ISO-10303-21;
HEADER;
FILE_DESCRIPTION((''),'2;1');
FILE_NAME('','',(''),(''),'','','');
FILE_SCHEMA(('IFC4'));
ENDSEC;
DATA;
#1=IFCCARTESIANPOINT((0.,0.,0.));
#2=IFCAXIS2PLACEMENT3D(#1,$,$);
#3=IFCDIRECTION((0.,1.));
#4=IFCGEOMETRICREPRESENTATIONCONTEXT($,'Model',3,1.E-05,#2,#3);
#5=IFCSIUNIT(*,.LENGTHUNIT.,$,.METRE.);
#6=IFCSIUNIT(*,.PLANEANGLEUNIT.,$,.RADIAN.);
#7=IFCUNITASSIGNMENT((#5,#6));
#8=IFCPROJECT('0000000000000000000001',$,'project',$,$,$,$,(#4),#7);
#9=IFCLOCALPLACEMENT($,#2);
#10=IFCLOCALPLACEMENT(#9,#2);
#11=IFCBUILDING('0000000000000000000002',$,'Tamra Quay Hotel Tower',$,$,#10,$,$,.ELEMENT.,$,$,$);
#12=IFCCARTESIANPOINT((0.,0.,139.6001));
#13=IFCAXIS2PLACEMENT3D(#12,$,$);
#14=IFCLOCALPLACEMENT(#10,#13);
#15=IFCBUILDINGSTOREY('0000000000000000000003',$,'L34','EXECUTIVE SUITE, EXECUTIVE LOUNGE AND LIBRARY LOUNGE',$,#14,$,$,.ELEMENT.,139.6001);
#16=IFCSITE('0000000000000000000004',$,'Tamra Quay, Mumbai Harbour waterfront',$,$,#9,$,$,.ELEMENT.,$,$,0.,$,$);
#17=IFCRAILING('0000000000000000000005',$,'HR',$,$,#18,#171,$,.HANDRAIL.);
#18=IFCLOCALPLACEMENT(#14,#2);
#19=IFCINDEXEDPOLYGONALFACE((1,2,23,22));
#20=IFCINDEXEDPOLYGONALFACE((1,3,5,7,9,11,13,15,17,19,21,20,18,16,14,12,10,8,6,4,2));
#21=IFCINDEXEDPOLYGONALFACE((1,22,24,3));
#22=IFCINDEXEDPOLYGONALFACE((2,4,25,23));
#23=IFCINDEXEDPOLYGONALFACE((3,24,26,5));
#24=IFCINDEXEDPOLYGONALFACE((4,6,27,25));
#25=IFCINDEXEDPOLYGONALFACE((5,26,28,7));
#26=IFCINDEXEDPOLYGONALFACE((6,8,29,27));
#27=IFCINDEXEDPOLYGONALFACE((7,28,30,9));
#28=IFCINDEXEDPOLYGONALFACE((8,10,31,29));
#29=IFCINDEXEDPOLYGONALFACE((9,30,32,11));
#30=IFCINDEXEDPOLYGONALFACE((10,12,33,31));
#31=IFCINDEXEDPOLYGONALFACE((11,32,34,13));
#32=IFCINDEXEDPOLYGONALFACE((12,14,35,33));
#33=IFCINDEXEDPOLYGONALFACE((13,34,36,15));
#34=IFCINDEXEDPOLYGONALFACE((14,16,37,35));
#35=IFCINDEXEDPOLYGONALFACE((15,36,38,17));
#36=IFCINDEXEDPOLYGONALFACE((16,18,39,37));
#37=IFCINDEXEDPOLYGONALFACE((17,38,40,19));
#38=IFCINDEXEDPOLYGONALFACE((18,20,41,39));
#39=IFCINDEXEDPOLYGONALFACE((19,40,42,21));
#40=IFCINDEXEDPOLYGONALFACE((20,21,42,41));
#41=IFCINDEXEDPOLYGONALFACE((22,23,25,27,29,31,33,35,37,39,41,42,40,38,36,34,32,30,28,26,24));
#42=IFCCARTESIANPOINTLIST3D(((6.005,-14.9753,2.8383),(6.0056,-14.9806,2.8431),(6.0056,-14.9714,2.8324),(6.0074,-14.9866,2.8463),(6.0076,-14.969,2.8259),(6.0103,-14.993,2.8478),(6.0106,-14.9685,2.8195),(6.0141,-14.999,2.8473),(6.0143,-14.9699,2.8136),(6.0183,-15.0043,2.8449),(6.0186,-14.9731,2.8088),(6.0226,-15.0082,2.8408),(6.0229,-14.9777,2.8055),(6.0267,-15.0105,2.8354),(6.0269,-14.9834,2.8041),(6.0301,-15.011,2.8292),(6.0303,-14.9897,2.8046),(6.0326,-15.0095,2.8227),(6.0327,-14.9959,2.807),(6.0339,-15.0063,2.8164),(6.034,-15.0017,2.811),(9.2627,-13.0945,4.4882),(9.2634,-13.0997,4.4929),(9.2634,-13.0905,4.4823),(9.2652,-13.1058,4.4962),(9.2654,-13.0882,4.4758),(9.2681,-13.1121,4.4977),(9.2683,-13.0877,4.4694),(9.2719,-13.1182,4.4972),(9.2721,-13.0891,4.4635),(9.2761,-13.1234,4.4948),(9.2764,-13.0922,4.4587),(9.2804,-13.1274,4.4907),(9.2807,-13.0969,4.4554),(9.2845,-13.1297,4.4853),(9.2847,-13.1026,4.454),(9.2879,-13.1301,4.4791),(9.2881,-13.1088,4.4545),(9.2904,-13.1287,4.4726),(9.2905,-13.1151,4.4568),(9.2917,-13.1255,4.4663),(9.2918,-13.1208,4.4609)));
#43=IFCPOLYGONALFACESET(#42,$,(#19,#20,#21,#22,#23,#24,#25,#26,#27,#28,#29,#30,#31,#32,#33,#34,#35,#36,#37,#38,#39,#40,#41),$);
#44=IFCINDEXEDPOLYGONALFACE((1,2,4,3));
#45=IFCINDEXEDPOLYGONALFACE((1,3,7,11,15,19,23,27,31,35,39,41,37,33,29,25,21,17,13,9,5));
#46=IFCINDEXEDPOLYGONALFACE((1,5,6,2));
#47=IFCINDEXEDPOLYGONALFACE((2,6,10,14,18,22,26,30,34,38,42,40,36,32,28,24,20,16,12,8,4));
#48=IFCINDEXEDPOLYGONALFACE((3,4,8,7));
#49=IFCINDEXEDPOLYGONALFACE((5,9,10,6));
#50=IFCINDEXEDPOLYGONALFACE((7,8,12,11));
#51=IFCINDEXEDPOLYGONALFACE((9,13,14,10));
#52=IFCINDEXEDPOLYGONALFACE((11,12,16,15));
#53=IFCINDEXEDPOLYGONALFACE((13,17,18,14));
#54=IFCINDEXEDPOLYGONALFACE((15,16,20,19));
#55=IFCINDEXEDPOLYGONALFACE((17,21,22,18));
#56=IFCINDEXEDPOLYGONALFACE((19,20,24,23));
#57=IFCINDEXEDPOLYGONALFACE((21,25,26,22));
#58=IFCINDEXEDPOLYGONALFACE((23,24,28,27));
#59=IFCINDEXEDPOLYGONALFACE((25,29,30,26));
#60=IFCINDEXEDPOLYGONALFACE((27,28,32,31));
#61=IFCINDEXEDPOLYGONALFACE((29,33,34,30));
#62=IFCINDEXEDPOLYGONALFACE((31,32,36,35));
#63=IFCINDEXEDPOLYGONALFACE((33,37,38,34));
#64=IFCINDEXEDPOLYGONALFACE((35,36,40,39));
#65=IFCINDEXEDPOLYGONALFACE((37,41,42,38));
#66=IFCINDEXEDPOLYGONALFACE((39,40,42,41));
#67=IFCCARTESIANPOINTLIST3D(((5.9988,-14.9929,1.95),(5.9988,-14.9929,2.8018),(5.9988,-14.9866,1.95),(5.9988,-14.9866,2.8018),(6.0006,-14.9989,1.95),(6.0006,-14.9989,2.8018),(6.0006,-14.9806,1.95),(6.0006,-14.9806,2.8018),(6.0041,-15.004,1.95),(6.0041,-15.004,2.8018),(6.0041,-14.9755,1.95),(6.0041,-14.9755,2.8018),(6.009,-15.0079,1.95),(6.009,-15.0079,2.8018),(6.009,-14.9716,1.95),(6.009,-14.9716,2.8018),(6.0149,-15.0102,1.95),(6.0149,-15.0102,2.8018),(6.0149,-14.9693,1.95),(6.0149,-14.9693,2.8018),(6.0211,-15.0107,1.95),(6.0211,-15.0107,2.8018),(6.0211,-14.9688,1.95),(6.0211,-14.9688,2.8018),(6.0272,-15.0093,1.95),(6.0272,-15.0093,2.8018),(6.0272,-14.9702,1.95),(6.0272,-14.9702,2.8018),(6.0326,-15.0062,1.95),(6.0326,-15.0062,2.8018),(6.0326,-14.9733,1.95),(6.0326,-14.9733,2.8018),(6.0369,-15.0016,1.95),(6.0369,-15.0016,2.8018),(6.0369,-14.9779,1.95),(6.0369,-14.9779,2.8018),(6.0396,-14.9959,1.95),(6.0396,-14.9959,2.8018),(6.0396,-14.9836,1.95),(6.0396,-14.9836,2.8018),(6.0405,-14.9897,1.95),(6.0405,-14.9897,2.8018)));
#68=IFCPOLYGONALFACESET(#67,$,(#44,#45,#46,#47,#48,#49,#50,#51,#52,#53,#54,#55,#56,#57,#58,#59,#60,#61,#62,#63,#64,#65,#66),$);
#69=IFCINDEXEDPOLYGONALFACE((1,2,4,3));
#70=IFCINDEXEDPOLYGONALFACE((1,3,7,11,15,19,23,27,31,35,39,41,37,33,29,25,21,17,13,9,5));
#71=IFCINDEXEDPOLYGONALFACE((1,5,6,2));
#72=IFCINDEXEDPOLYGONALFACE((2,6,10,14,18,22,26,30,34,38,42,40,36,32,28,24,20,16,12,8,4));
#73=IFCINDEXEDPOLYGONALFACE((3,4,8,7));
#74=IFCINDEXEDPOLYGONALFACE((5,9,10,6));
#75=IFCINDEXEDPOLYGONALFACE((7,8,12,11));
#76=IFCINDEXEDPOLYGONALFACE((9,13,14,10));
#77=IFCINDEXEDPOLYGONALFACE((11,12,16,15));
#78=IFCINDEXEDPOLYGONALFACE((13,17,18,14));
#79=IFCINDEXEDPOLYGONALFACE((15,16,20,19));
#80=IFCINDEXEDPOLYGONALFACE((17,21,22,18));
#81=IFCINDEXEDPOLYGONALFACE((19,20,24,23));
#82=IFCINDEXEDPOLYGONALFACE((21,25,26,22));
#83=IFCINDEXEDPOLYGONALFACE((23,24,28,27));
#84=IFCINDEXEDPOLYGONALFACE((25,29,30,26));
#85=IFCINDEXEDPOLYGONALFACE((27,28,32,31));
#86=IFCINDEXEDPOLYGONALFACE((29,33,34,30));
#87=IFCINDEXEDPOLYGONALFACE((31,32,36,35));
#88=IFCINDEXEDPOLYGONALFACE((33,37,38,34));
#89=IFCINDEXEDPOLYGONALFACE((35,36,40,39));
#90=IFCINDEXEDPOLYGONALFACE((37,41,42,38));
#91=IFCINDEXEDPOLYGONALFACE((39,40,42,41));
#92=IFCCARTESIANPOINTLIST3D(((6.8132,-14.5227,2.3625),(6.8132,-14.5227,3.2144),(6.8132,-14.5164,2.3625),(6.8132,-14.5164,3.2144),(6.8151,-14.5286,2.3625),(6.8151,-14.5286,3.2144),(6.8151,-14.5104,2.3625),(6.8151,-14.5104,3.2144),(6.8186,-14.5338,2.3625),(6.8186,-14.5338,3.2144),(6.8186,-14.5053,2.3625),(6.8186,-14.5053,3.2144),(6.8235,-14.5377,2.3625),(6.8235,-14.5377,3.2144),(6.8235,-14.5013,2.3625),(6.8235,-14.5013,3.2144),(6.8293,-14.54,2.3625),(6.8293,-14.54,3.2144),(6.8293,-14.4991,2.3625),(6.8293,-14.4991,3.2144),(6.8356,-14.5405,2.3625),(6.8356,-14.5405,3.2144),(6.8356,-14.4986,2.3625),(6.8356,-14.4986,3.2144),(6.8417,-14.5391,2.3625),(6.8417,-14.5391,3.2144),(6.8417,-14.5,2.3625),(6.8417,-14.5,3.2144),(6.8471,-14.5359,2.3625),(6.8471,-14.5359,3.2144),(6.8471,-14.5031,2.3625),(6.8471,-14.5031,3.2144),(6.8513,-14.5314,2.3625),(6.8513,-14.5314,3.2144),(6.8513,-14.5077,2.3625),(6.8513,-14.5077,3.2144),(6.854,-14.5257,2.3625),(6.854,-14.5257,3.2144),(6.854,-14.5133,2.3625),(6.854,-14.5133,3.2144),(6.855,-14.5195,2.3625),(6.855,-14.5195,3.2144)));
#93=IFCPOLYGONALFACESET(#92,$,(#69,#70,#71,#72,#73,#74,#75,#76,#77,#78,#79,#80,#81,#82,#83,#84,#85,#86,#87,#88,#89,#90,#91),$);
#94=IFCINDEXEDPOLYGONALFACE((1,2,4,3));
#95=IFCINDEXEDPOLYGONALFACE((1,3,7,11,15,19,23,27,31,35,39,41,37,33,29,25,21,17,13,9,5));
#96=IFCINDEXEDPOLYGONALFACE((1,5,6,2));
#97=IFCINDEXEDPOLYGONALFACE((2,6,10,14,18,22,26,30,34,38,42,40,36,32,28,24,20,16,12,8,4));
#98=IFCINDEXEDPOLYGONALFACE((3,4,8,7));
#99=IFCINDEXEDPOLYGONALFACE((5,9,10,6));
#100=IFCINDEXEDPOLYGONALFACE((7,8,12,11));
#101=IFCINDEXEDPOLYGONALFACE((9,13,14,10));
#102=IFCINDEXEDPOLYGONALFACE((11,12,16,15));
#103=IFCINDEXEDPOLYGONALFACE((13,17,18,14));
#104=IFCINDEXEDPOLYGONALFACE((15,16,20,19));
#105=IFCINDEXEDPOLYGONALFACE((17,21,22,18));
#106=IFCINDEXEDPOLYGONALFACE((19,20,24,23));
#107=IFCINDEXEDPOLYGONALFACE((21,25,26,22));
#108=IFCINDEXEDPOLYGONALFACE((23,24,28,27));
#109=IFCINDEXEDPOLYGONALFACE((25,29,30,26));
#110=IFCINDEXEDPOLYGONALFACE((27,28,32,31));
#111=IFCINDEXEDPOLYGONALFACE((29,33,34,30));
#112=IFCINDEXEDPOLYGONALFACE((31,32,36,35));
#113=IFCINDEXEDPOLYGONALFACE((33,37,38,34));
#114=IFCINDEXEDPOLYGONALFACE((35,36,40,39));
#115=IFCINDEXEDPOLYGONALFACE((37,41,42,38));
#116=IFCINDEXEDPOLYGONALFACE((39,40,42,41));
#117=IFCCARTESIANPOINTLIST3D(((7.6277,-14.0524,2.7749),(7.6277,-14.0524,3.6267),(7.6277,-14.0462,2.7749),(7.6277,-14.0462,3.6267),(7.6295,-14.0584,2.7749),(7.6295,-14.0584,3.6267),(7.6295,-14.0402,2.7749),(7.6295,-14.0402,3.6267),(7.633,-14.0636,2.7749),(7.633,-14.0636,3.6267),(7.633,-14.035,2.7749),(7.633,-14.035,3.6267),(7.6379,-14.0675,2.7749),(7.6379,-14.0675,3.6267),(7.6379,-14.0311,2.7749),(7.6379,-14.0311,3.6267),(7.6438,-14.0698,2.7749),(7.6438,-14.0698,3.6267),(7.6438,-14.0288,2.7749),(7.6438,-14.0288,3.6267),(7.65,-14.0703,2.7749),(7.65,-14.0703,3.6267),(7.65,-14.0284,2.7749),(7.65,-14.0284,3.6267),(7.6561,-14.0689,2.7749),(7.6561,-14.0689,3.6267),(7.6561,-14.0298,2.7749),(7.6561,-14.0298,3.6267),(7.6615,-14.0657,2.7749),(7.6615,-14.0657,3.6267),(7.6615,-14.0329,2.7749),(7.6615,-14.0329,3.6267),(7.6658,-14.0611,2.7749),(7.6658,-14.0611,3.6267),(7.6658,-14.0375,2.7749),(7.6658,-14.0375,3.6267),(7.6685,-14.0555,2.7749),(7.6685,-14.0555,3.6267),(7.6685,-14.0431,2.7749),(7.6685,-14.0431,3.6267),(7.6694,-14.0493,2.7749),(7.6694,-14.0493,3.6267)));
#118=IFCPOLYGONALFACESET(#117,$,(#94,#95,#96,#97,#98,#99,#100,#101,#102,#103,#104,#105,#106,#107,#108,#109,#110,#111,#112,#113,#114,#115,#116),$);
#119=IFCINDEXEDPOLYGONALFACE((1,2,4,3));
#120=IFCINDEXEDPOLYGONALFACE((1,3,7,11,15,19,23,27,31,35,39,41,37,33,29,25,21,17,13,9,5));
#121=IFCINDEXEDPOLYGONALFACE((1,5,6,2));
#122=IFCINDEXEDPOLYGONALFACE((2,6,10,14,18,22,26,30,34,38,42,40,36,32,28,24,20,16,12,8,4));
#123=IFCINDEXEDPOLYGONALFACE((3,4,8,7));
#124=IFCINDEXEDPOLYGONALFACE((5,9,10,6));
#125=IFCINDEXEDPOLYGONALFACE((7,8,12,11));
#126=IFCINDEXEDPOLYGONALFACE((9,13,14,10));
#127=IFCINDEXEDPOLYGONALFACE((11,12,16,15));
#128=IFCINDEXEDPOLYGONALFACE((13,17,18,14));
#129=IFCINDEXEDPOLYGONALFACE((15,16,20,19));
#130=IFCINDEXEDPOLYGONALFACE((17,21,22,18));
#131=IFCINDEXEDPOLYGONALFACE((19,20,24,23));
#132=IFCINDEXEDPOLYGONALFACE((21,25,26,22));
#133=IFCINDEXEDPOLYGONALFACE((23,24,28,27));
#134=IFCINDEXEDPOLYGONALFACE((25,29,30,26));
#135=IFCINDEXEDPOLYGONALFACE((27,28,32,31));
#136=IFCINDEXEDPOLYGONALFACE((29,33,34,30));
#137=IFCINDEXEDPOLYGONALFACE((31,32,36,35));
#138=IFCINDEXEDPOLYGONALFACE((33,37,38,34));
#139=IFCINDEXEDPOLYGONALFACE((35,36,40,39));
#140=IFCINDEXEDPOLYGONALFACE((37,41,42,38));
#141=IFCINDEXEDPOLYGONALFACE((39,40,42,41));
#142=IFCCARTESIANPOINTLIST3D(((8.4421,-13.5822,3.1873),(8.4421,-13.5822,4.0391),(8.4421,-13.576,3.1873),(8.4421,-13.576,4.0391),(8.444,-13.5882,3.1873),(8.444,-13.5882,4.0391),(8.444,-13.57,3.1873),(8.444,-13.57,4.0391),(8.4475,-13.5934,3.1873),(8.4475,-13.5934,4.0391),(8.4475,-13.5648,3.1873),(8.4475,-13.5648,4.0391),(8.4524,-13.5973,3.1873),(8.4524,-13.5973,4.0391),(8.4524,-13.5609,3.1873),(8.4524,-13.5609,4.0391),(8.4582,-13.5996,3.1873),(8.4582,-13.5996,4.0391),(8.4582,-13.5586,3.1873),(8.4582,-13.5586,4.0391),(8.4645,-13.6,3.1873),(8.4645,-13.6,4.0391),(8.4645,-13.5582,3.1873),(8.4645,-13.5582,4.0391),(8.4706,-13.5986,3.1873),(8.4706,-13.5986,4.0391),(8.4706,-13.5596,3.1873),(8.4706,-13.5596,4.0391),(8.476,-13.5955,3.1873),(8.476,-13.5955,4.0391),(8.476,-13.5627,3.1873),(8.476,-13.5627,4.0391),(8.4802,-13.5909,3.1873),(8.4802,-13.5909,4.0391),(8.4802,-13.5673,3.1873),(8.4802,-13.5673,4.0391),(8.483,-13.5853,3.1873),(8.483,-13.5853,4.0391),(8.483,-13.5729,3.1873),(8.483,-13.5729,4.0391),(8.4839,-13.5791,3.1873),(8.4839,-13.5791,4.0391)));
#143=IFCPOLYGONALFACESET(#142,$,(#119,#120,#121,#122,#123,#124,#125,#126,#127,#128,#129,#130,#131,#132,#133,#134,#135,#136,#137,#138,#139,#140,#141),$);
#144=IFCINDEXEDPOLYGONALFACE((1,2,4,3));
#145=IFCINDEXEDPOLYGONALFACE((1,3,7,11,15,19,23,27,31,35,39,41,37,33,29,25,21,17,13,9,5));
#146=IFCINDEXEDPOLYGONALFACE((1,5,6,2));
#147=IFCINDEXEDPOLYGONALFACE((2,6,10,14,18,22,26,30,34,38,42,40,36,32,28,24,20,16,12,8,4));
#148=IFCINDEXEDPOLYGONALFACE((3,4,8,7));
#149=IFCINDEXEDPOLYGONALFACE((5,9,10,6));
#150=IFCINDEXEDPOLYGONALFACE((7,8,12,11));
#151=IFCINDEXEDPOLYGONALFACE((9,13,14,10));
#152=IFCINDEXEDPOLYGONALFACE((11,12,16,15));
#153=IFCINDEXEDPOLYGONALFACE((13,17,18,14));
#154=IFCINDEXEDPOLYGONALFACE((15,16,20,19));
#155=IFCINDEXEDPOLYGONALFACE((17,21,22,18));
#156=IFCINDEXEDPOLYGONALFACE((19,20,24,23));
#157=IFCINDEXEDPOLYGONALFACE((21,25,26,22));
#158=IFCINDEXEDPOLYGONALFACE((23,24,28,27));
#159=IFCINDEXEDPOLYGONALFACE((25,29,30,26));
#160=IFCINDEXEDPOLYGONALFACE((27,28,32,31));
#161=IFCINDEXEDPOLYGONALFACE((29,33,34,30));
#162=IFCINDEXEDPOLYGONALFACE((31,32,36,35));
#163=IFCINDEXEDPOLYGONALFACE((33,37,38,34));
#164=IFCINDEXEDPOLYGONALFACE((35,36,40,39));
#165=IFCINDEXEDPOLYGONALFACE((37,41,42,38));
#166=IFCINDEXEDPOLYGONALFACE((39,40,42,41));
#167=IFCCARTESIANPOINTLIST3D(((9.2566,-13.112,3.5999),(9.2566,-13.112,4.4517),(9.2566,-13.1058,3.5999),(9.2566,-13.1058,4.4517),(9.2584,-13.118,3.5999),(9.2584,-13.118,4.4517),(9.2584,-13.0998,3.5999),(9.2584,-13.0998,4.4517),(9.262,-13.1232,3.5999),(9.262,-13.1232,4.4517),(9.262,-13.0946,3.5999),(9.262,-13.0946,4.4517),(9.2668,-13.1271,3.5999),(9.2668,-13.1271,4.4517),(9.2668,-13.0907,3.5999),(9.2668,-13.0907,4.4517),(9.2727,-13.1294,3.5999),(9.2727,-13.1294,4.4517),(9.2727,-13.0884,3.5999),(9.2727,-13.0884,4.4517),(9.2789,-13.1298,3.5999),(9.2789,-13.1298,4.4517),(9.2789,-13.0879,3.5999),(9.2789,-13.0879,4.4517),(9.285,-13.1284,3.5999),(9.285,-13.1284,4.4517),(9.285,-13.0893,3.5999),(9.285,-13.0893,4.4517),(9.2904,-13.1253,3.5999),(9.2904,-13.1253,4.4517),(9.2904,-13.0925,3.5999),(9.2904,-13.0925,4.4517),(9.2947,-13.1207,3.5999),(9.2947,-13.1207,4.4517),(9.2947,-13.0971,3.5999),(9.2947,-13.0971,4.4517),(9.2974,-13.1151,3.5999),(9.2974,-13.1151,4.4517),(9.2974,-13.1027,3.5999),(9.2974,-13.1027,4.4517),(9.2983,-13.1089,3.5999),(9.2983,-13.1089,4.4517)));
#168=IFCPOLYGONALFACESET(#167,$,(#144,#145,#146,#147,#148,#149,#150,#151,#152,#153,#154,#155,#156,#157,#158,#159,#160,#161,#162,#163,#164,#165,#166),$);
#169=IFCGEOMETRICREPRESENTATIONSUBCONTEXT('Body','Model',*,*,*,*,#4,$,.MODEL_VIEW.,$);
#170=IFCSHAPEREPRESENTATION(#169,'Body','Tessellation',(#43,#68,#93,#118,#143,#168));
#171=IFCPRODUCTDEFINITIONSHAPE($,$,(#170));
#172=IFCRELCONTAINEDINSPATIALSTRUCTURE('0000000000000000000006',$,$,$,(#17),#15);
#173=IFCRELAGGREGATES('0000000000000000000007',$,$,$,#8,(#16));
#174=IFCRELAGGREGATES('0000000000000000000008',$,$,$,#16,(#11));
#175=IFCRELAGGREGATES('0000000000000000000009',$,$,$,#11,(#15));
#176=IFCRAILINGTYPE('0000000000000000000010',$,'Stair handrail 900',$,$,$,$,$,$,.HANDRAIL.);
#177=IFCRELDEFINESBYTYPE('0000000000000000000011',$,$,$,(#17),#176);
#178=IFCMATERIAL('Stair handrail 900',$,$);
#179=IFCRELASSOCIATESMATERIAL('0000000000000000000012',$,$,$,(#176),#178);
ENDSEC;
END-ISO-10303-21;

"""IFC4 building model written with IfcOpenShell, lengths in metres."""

from ifc_helpers import new_model, si_unit, direction, frame, origin, origin_2d, place, context, subcontext, project, spatial, circle, extrude, material, type_object, element, save


model = new_model("IFC4")

# Units and contexts
model_context = context("Model", 3, precision=1e-05, world=origin(), true_north=direction((0.0, 1.0)))
body_context = subcontext(model_context, "Body", "Model", "MODEL_VIEW")
ifc_project = project(units=[si_unit("LENGTHUNIT", "METRE"), si_unit("PLANEANGLEUNIT", "RADIAN")], contexts=[model_context])

# Site, building, storey
site_placement = place(None, origin())
site = spatial("IfcSite", under=ifc_project, at=site_placement, Name="Tamra Quay, Mumbai Harbour waterfront", CompositionType="ELEMENT", RefElevation=0.0)
building_placement = place(site_placement, origin())
building = spatial("IfcBuilding", under=site, at=building_placement, Name="Tamra Quay Hotel Tower", CompositionType="ELEMENT")
storey_placement = place(building_placement, frame((0.0, 0.0, 139.6001)))
storey = spatial("IfcBuildingStorey", under=building, at=storey_placement, Name="L34", Description="EXECUTIVE SUITE, EXECUTIVE LOUNGE AND LIBRARY LOUNGE", CompositionType="ELEMENT", Elevation=139.6001)

# Railing
ifc_material_1 = material(Name="Stair handrail 900")
railing_type_1 = type_object("IfcRailingType", Name="Stair handrail 900", PredefinedType="HANDRAIL", material=ifc_material_1)
railing_1_placement = place(storey_placement, frame((6.0195, -14.9897, 1.95)))
element("IfcRailing", 1, at=railing_1_placement, inside=storey, type_object=railing_type_1, Name="HR", PredefinedType="HANDRAIL", context=body_context, shape_type="SweptSolid", body=[
    extrude(circle(Radius=0.0239, at=origin_2d()), frame((0.0, 0.0, 0.876), z_axis=(0.7931, 0.457887, 0.401661), x_axis=(-0.499992, 0.86603, 0.0)), (0.0, 0.0, 1.0), 4.1077),
    extrude(circle(Radius=0.021, at=origin_2d()), origin(), (0.0, 0.0, 1.0), 0.8518),
    extrude(circle(Radius=0.021, at=origin_2d()), frame((0.8145, 0.4702, 0.4126)), (0.0, 0.0, 1.0), 0.8518),
    extrude(circle(Radius=0.021, at=origin_2d()), frame((1.6289, 0.9404, 0.825)), (0.0, 0.0, 1.0), 0.8518),
    extrude(circle(Radius=0.021, at=origin_2d()), frame((2.4434, 1.4106, 1.2373)), (0.0, 0.0, 1.0), 0.8518),
    extrude(circle(Radius=0.021, at=origin_2d()), frame((3.2578, 1.8809, 1.6499)), (0.0, 0.0, 1.0), 0.8518),
])

save(model, "model.ifc")
